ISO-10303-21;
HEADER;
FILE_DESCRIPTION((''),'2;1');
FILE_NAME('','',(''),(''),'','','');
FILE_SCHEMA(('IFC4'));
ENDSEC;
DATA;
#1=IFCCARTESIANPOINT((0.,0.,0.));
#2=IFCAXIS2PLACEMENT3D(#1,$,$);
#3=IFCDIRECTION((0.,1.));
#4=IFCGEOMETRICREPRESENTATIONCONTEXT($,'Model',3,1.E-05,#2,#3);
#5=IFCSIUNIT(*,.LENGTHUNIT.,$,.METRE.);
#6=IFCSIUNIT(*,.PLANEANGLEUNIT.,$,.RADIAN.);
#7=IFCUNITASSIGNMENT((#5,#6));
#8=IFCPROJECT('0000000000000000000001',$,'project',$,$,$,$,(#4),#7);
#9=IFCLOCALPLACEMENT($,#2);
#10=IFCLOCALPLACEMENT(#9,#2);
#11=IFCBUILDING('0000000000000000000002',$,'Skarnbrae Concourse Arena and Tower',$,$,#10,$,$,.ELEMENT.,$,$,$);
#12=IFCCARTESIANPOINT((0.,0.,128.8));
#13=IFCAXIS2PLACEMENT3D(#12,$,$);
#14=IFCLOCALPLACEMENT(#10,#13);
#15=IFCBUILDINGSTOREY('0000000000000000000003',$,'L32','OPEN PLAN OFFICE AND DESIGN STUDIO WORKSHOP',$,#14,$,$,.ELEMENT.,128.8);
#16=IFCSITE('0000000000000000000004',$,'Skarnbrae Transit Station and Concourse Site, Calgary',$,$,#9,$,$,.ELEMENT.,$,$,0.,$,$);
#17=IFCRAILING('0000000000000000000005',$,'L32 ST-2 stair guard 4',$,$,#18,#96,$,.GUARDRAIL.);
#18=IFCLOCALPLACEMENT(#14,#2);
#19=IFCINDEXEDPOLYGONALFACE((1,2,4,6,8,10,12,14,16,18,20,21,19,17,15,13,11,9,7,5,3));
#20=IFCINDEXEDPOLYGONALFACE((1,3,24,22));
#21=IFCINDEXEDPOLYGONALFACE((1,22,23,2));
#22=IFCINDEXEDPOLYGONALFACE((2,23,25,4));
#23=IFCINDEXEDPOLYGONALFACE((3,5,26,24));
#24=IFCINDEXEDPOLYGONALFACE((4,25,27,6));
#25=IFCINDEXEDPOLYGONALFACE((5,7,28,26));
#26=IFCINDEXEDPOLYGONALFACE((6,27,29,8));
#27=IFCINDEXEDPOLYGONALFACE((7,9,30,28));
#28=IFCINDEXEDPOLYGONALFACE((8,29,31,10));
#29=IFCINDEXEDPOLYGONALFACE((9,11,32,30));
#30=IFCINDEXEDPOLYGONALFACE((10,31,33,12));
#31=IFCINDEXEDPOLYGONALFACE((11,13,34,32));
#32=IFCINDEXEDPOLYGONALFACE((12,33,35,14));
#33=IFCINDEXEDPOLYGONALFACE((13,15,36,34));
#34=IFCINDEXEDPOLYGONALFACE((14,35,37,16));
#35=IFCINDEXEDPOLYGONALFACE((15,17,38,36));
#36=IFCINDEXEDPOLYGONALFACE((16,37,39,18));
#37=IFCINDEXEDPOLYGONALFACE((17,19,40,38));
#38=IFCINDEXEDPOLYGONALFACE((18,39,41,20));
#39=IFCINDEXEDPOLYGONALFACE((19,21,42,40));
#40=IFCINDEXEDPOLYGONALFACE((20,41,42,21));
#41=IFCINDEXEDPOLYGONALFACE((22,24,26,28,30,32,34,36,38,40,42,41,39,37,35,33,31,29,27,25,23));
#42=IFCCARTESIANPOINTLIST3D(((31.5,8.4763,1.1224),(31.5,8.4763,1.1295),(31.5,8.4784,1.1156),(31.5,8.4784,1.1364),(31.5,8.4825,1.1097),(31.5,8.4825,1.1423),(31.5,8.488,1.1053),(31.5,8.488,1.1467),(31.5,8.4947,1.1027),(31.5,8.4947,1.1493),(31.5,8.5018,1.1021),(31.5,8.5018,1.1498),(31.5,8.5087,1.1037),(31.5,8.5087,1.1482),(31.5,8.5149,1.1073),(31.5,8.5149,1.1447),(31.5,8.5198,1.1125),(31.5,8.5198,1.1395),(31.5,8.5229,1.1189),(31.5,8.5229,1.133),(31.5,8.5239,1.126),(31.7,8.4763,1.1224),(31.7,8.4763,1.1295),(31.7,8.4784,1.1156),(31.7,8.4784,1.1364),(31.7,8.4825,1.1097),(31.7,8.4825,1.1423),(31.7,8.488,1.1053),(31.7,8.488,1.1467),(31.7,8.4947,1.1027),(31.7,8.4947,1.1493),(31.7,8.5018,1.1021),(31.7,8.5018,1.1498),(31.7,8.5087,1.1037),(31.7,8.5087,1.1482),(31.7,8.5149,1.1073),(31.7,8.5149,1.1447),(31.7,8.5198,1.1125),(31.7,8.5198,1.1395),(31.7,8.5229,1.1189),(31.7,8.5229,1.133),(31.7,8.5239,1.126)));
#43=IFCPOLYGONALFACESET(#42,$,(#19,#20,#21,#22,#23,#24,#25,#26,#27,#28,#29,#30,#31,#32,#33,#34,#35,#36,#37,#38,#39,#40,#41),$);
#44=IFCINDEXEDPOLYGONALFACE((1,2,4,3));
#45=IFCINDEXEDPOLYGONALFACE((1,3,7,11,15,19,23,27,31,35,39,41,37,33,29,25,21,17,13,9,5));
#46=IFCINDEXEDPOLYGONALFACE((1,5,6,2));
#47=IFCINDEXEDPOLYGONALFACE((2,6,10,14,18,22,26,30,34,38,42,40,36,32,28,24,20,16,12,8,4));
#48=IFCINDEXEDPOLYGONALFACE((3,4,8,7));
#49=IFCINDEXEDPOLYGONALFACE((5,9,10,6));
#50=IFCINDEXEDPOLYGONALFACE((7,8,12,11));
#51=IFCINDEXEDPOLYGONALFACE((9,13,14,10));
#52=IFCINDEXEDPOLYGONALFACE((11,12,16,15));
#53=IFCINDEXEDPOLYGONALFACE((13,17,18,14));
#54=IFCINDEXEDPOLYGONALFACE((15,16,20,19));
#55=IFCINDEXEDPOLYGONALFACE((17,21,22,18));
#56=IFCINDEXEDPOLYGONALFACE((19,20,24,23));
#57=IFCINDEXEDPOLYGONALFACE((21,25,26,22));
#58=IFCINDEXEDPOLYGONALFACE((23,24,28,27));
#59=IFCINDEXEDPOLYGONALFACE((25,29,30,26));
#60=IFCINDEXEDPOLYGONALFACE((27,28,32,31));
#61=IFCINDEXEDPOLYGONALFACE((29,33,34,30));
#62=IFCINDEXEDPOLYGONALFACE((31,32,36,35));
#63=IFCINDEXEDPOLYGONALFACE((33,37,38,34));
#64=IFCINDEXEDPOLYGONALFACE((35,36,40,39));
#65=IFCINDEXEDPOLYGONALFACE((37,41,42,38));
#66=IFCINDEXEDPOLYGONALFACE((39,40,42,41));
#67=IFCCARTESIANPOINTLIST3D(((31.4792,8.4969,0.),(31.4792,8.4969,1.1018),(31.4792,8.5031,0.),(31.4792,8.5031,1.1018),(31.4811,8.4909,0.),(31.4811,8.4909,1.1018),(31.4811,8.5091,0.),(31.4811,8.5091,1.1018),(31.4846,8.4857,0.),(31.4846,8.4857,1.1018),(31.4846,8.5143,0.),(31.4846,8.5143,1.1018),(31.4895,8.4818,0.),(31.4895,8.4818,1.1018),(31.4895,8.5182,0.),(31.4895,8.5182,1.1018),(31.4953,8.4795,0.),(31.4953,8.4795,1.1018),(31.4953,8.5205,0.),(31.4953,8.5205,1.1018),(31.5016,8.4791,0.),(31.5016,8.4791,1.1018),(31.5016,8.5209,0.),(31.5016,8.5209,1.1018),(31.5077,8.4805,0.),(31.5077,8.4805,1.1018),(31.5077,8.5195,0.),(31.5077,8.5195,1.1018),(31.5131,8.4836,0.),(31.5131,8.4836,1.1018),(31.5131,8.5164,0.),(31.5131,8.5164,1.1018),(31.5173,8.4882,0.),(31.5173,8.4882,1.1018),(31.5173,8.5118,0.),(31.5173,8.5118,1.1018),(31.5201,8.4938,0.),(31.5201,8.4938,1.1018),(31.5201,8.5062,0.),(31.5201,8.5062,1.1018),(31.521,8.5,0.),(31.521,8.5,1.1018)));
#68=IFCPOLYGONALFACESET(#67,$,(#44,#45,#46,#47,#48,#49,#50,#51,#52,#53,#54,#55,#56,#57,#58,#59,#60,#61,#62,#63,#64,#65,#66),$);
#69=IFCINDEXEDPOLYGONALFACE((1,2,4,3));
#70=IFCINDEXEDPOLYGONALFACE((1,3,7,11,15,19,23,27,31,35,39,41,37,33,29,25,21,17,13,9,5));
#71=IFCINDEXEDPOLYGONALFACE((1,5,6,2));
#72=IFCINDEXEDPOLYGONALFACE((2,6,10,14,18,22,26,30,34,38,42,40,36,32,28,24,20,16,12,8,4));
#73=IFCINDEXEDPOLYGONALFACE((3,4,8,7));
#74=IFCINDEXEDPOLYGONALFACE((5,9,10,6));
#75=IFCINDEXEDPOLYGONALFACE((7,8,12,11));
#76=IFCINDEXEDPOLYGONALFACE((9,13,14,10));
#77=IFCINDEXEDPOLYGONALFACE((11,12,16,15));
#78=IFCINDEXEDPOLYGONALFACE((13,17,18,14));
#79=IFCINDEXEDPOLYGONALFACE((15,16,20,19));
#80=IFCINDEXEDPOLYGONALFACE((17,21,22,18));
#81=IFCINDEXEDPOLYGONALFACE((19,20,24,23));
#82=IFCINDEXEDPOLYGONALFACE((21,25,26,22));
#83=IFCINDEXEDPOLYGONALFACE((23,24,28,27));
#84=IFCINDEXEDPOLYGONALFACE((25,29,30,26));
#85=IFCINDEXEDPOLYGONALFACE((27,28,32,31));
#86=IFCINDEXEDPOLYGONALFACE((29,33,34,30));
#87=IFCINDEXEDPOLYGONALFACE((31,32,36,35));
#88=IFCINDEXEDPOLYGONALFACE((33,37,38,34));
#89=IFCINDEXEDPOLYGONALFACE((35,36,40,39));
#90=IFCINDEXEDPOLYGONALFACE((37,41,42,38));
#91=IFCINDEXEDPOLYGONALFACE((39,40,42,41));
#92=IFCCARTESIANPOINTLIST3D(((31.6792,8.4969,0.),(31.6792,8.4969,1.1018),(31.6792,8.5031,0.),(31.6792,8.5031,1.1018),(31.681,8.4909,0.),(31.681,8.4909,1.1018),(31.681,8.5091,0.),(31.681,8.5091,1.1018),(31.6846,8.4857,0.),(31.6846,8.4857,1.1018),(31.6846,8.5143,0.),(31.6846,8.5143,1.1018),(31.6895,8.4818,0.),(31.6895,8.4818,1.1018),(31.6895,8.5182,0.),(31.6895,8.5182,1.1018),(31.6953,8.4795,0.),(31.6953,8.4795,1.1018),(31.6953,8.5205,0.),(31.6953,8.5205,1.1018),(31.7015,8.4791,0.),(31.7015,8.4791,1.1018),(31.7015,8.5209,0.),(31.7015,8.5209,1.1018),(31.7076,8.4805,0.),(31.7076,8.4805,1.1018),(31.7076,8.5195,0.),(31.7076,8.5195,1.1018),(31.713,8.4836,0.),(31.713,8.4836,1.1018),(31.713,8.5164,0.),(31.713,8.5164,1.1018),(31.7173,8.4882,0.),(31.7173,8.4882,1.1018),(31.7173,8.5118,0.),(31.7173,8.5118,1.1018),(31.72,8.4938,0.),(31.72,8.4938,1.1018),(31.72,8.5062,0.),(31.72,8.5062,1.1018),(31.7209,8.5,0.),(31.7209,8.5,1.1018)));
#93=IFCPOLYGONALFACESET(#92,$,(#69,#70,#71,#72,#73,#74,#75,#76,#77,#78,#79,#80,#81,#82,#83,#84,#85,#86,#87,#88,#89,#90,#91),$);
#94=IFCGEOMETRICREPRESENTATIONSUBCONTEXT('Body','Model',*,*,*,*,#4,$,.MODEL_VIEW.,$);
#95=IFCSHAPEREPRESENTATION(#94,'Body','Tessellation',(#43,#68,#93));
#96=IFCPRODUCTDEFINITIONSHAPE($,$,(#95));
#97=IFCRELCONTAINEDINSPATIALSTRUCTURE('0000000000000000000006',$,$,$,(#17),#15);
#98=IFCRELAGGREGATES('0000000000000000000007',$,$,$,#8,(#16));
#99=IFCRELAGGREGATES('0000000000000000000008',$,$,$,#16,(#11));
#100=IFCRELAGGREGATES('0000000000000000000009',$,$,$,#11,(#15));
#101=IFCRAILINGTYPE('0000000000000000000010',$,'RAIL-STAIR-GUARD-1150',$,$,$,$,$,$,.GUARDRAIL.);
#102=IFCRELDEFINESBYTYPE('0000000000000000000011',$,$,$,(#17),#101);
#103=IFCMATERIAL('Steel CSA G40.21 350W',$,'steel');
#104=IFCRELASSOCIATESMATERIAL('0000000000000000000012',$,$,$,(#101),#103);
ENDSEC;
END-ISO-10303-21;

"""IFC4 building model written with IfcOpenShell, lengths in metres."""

from ifc_helpers import new_model, si_unit, direction, frame, origin, origin_2d, place, context, subcontext, project, spatial, circle, extrude, material, type_object, element, save


model = new_model("IFC4")

# Units and contexts
model_context = context("Model", 3, precision=1e-05, world=origin(), true_north=direction((0.0, 1.0)))
body_context = subcontext(model_context, "Body", "Model", "MODEL_VIEW")
ifc_project = project(units=[si_unit("LENGTHUNIT", "METRE"), si_unit("PLANEANGLEUNIT", "RADIAN")], contexts=[model_context])

# Site, building, storey
site_placement = place(None, origin())
site = spatial("IfcSite", under=ifc_project, at=site_placement, Name="Skarnbrae Transit Station and Concourse Site, Calgary", CompositionType="ELEMENT", RefElevation=0.0)
building_placement = place(site_placement, origin())
building = spatial("IfcBuilding", under=site, at=building_placement, Name="Skarnbrae Concourse Arena and Tower", CompositionType="ELEMENT")
storey_placement = place(building_placement, frame((0.0, 0.0, 128.8)))
storey = spatial("IfcBuildingStorey", under=building, at=storey_placement, Name="L32", Description="OPEN PLAN OFFICE AND DESIGN STUDIO WORKSHOP", CompositionType="ELEMENT", Elevation=128.8)

# Shared definitions
ifc_material_1 = material(Name="Steel CSA G40.21 350W", Category="steel")

# Railing
railing_type_1 = type_object("IfcRailingType", Name="RAIL-STAIR-GUARD-1150", PredefinedType="GUARDRAIL", material=ifc_material_1)
railing_1_placement = place(storey_placement, frame((31.5, 8.5, 0.0)))
element("IfcRailing", 1, at=railing_1_placement, inside=storey, type_object=railing_type_1, Name="L32 ST-2 stair guard 4", PredefinedType="GUARDRAIL", context=body_context, shape_type="SweptSolid", body=[
    extrude(circle(Radius=0.0239, at=origin_2d()), frame((0.0, 0.0, 1.126), z_axis=(1.0, 0.0, 0.0), x_axis=(0.0, 1.0, 0.0)), (0.0, 0.0, 1.0), 0.2),
    extrude(circle(Radius=0.021, at=origin_2d()), origin(), (0.0, 0.0, 1.0), 1.1018),
    extrude(circle(Radius=0.021, at=origin_2d()), frame((0.2, 0.0, 0.0)), (0.0, 0.0, 1.0), 1.1018),
])

save(model, "model.ifc")
